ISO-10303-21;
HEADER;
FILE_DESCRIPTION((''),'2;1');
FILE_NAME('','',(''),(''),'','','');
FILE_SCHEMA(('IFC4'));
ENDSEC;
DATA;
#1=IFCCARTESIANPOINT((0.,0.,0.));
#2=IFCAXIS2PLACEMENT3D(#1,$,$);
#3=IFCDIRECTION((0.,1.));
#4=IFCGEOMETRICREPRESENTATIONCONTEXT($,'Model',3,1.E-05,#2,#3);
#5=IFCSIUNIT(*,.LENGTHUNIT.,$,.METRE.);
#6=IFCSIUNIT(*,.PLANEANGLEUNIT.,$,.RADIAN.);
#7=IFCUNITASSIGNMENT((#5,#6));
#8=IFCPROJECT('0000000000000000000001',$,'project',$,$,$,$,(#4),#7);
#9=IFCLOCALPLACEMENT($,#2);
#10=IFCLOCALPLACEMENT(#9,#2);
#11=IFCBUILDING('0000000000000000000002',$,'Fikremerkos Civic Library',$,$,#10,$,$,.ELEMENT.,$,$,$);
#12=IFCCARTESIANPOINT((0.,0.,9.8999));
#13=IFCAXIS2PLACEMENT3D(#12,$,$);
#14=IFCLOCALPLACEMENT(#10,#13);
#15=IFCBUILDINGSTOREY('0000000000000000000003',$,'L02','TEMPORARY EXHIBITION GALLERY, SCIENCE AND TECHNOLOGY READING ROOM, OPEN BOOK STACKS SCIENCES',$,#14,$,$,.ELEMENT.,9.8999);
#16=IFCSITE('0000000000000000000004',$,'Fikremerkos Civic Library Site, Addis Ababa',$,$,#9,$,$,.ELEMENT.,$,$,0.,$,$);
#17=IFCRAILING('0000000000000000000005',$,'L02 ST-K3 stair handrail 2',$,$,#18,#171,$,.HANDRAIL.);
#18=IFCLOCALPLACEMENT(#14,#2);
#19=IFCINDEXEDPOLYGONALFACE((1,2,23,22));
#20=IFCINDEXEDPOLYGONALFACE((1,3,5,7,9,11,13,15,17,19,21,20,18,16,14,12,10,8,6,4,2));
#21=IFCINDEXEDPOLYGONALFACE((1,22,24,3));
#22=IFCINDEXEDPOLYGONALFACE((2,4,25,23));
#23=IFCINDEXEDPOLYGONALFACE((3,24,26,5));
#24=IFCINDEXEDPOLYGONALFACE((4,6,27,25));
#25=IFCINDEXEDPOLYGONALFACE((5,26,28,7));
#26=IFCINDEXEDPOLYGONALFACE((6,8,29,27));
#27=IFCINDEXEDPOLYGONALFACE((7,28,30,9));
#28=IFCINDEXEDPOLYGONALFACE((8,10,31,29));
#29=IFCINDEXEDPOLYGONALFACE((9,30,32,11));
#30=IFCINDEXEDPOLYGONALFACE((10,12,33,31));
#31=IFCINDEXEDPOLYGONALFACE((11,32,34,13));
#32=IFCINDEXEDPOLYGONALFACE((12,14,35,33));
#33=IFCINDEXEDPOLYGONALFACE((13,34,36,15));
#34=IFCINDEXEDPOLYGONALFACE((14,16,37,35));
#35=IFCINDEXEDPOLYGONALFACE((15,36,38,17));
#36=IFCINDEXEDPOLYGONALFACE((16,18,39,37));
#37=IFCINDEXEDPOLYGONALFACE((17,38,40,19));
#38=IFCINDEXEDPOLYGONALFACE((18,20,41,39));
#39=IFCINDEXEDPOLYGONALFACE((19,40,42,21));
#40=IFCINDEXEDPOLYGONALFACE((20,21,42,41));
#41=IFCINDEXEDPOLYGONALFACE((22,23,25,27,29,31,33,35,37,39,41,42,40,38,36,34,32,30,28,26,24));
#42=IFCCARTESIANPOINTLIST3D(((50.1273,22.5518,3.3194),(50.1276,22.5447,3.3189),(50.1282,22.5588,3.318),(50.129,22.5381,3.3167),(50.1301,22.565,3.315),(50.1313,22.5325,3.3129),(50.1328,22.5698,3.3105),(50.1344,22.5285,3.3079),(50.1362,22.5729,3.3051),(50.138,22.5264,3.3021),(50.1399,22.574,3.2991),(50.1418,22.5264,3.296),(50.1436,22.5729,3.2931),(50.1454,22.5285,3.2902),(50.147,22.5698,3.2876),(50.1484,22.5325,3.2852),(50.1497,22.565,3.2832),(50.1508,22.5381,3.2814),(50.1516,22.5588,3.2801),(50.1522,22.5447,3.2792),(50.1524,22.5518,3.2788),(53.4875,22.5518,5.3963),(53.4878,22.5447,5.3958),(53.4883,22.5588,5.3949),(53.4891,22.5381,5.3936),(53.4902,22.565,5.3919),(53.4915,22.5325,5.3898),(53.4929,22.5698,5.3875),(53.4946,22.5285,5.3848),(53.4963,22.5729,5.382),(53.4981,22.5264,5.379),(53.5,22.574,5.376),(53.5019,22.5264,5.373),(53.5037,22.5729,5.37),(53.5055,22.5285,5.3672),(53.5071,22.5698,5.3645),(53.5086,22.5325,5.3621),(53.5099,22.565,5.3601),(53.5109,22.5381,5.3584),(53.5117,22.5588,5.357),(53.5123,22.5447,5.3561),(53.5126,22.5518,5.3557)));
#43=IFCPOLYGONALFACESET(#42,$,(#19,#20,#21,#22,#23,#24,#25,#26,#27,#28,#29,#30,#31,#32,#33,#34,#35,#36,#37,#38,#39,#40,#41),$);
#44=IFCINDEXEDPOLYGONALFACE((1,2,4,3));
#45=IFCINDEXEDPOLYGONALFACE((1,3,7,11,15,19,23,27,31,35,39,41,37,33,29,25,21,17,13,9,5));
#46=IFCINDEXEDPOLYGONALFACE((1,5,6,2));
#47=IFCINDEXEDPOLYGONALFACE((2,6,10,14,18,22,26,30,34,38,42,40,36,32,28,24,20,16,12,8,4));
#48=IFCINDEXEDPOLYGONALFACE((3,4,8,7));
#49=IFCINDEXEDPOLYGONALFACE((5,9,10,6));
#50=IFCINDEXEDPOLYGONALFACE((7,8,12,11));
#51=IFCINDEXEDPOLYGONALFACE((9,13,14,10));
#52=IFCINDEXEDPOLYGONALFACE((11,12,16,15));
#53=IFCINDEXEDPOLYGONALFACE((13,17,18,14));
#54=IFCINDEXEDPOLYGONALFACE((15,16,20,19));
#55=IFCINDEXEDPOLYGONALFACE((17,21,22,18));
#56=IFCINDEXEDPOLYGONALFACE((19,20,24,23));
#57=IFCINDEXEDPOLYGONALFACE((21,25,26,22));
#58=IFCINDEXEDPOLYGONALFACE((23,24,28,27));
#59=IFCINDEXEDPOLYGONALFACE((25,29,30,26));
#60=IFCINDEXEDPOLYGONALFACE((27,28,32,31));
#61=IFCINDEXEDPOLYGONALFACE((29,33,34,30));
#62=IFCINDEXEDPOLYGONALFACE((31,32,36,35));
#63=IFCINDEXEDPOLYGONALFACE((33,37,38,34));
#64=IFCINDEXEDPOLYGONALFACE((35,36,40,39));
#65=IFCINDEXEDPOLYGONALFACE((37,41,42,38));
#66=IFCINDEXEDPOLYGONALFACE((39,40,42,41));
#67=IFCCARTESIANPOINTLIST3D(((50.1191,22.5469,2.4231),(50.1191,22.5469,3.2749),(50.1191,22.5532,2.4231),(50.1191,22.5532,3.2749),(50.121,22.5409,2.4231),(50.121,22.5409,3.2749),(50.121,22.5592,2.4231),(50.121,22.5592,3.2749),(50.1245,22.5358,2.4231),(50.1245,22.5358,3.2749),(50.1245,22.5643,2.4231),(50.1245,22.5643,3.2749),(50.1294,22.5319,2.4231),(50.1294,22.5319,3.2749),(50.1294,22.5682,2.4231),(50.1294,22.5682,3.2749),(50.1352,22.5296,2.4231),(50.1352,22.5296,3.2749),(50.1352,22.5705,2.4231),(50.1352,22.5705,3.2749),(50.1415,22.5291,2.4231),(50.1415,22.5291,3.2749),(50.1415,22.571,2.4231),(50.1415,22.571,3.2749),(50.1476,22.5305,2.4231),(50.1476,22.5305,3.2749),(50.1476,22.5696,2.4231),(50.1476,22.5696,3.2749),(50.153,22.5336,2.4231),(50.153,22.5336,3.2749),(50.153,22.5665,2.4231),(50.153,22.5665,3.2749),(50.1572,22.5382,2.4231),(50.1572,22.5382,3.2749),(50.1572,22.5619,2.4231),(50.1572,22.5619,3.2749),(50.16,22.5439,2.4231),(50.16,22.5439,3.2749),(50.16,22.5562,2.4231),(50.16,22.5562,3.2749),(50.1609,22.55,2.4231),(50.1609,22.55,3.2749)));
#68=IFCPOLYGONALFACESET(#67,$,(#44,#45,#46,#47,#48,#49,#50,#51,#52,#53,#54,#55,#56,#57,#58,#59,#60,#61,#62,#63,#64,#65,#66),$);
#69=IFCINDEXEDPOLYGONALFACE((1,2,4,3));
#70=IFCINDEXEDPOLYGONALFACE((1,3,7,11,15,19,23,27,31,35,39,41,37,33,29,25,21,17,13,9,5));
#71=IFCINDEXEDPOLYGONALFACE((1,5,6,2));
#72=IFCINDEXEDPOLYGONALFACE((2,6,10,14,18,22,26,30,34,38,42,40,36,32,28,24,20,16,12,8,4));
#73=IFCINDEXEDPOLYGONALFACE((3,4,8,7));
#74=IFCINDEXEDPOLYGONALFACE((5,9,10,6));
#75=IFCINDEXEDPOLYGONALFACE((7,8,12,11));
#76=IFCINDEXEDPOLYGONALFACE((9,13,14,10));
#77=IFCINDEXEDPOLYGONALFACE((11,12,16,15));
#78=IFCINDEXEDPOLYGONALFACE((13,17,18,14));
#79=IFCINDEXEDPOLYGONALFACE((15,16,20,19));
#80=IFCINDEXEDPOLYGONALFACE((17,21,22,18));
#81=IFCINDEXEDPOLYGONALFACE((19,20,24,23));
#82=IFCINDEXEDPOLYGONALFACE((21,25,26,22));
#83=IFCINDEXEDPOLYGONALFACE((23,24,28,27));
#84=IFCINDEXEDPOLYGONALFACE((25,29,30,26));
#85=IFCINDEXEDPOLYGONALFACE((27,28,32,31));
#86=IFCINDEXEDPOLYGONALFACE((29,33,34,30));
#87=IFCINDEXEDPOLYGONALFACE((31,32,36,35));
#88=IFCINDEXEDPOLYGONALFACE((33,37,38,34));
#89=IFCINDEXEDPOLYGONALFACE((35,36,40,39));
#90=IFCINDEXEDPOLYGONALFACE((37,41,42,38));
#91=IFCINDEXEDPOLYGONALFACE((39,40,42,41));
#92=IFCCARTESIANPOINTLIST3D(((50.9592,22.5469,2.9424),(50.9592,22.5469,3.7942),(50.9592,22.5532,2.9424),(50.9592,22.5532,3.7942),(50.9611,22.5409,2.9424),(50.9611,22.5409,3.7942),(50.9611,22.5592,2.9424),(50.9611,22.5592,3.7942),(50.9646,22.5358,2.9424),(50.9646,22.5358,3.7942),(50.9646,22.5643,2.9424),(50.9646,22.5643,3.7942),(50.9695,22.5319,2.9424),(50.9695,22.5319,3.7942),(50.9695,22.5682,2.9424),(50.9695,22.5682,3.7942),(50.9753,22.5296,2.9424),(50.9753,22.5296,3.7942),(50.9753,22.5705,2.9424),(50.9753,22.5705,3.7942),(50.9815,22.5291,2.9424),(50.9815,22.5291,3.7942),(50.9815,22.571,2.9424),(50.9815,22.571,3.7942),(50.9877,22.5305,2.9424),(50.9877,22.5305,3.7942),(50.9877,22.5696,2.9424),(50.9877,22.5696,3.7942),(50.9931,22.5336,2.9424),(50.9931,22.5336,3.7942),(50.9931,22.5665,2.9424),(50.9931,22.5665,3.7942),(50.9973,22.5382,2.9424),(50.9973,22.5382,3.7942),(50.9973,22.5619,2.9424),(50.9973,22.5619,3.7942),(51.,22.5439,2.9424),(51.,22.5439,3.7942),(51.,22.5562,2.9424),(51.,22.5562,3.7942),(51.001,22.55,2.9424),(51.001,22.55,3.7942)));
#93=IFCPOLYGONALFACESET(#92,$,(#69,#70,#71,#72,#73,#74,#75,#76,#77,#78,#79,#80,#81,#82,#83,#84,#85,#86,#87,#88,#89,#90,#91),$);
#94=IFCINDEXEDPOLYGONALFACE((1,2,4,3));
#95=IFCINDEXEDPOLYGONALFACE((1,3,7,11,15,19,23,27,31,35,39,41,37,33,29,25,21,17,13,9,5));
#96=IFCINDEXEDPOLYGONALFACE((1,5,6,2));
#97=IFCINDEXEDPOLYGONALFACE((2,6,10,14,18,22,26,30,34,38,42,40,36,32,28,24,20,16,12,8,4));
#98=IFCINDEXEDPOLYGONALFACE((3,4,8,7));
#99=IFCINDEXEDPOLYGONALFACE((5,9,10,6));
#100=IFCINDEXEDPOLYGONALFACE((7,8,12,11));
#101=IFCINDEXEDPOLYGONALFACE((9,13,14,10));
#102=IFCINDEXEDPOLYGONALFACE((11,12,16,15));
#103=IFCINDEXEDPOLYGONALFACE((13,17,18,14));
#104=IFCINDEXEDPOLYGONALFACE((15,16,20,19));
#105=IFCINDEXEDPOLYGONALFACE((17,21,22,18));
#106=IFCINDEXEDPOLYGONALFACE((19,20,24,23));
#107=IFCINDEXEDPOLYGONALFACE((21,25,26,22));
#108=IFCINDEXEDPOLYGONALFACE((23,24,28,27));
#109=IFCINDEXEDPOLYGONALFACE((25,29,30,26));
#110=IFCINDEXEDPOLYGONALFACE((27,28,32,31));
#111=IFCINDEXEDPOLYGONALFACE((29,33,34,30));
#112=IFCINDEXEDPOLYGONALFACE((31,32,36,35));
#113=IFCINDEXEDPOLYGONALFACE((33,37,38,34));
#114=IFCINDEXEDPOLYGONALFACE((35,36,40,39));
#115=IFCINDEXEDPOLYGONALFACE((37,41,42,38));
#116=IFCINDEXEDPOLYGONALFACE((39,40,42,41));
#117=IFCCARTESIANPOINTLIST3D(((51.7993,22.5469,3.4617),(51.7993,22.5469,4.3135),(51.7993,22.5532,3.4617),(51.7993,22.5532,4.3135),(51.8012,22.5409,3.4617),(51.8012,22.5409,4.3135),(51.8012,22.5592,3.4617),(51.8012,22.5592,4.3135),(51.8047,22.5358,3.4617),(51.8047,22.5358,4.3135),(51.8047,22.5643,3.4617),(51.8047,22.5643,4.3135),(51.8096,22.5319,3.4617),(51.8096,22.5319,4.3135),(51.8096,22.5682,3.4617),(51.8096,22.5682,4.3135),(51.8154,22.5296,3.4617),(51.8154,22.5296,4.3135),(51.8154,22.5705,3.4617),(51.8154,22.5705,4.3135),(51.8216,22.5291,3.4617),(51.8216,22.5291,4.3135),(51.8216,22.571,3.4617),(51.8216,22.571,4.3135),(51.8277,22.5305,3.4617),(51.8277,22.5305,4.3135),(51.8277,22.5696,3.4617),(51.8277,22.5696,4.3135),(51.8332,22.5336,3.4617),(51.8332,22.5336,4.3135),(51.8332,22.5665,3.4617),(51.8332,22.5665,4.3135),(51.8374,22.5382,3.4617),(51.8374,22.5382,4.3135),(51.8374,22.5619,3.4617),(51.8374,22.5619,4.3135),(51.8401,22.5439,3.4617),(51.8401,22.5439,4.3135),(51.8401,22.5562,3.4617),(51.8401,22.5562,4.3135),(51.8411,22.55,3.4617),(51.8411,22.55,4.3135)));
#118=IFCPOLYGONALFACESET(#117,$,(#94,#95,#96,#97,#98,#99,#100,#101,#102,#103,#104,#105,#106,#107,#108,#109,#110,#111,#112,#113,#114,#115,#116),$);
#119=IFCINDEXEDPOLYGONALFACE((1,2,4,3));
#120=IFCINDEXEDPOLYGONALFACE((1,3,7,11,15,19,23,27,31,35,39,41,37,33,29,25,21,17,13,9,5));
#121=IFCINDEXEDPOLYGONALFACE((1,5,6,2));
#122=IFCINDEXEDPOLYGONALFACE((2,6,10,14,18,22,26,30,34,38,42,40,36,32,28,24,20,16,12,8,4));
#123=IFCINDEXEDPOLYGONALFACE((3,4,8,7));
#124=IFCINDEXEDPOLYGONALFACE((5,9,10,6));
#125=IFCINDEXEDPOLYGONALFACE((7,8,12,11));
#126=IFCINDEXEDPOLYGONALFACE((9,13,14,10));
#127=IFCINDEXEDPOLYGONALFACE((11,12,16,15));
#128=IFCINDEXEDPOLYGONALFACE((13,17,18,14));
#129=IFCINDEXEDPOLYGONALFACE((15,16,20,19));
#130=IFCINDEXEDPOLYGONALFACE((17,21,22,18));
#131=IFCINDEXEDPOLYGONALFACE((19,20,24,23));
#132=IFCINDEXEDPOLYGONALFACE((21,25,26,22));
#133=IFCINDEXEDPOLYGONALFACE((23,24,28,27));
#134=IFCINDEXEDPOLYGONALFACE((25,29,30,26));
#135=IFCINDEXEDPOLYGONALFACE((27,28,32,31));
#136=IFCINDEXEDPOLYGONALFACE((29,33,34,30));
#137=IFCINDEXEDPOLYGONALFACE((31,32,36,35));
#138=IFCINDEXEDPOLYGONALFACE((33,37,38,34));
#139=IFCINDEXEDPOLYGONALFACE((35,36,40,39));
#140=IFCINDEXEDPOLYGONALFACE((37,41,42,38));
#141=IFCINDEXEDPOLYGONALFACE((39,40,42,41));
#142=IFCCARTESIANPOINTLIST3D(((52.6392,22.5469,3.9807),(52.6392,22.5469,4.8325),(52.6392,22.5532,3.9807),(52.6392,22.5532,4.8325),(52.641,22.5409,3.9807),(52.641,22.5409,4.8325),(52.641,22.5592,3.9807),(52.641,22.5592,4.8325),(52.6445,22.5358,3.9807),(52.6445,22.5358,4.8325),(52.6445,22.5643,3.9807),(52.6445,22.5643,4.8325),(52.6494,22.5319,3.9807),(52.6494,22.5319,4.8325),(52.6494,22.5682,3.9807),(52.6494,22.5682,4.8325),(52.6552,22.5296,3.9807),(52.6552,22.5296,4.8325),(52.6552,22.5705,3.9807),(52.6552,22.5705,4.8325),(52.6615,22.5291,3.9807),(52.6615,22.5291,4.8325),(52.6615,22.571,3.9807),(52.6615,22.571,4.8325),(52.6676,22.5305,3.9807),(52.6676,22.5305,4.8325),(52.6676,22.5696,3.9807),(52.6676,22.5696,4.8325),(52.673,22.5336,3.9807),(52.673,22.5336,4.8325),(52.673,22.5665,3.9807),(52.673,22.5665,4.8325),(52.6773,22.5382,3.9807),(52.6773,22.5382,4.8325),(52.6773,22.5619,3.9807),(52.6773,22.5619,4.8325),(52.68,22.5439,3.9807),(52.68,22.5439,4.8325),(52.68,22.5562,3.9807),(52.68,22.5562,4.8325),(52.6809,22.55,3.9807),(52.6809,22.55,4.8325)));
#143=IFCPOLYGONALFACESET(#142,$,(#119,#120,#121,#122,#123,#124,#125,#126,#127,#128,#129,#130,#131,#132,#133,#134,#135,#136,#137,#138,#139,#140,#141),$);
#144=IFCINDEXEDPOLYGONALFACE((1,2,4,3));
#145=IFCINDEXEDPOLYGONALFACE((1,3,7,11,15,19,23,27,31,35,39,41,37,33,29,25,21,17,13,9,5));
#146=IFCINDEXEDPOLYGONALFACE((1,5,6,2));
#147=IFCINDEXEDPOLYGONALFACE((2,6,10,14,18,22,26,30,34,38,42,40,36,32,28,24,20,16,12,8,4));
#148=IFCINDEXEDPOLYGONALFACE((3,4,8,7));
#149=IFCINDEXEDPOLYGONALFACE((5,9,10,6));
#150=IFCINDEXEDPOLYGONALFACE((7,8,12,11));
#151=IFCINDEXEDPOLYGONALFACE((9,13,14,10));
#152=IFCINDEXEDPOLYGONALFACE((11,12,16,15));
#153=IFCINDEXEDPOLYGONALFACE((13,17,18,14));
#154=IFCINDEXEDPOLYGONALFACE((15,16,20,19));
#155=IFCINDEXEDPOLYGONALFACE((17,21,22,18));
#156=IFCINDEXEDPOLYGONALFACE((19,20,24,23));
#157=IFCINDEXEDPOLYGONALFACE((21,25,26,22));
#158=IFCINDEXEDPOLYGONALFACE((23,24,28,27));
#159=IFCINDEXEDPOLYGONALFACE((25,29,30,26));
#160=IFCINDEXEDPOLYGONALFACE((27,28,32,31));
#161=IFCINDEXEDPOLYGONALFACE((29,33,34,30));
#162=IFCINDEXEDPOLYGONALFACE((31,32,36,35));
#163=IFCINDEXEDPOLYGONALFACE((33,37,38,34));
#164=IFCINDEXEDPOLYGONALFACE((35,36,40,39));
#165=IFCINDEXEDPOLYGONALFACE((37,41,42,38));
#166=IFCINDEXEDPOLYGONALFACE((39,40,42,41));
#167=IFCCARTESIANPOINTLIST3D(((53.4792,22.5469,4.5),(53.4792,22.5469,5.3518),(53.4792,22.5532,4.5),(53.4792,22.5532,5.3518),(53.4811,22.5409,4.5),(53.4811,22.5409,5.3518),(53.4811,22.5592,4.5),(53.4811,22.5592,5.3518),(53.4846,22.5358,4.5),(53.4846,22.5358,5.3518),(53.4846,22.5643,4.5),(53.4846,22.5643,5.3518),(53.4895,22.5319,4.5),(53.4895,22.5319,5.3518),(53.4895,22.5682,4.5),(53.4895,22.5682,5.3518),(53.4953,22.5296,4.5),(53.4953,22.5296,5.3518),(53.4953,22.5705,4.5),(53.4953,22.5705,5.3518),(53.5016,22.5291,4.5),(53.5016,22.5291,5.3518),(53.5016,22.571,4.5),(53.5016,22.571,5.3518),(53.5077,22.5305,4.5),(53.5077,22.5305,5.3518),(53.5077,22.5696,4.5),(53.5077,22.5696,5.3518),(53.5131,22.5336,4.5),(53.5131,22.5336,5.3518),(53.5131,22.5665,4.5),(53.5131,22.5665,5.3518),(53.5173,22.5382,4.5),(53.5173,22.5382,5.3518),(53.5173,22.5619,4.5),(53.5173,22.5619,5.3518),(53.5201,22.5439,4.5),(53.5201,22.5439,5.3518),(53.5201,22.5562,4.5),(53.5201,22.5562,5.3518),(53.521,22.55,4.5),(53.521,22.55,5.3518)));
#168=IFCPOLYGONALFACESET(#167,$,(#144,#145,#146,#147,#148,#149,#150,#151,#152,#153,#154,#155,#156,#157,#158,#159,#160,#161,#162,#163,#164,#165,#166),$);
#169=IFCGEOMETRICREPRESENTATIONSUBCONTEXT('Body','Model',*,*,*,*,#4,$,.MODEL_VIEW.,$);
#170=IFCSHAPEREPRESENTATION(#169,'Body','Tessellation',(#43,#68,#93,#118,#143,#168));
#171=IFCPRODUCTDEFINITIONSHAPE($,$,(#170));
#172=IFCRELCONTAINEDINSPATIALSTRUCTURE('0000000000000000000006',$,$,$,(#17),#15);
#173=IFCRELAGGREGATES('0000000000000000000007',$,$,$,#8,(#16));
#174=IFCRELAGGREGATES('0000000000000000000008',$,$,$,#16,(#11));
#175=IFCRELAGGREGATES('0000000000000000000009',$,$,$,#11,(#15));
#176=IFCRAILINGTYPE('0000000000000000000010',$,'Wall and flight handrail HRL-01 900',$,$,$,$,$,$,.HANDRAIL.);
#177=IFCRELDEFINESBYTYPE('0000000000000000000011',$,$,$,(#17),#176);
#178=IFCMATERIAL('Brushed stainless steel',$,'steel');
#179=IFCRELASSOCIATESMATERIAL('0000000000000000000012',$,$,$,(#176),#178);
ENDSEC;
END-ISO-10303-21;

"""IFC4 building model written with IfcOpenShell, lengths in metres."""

from ifc_helpers import new_model, si_unit, direction, frame, origin, origin_2d, place, context, subcontext, project, spatial, circle, extrude, material, type_object, element, save


model = new_model("IFC4")

# Units and contexts
model_context = context("Model", 3, precision=1e-05, world=origin(), true_north=direction((0.0, 1.0)))
body_context = subcontext(model_context, "Body", "Model", "MODEL_VIEW")
ifc_project = project(units=[si_unit("LENGTHUNIT", "METRE"), si_unit("PLANEANGLEUNIT", "RADIAN")], contexts=[model_context])

# Site, building, storey
site_placement = place(None, origin())
site = spatial("IfcSite", under=ifc_project, at=site_placement, Name="Fikremerkos Civic Library Site, Addis Ababa", CompositionType="ELEMENT", RefElevation=0.0)
building_placement = place(site_placement, origin())
building = spatial("IfcBuilding", under=site, at=building_placement, Name="Fikremerkos Civic Library", CompositionType="ELEMENT")
storey_placement = place(building_placement, frame((0.0, 0.0, 9.8999)))
storey = spatial("IfcBuildingStorey", under=building, at=storey_placement, Name="L02", Description="TEMPORARY EXHIBITION GALLERY, SCIENCE AND TECHNOLOGY READING ROOM, OPEN BOOK STACKS SCIENCES", CompositionType="ELEMENT", Elevation=9.8999)

# Shared definitions
ifc_material_1 = material(Name="Brushed stainless steel", Category="steel")

# Railing
railing_type_1 = type_object("IfcRailingType", Name="Wall and flight handrail HRL-01 900", PredefinedType="HANDRAIL", material=ifc_material_1)
railing_1_placement = place(storey_placement, frame((50.1399, 22.55, 2.4231)))
element("IfcRailing", 1, at=railing_1_placement, inside=storey, type_object=railing_type_1, Name="L02 ST-K3 stair handrail 2", PredefinedType="HANDRAIL", context=body_context, shape_type="SweptSolid", body=[
    extrude(circle(Radius=0.0239, at=origin_2d()), frame((0.0, 0.0, 0.876), z_axis=(0.850623, 0.0, 0.525776), x_axis=(0.0, 1.0, 0.0)), (0.0, 0.0, 1.0), 3.9502),
    extrude(circle(Radius=0.021, at=origin_2d()), origin(), (0.0, 0.0, 1.0), 0.8518),
    extrude(circle(Radius=0.021, at=origin_2d()), frame((0.8401, 0.0, 0.5193)), (0.0, 0.0, 1.0), 0.8518),
    extrude(circle(Radius=0.021, at=origin_2d()), frame((1.6802, 0.0, 1.0386)), (0.0, 0.0, 1.0), 0.8518),
    extrude(circle(Radius=0.021, at=origin_2d()), frame((2.52, 0.0, 1.5576)), (0.0, 0.0, 1.0), 0.8518),
    extrude(circle(Radius=0.021, at=origin_2d()), frame((3.3601, 0.0, 2.0769)), (0.0, 0.0, 1.0), 0.8518),
])

save(model, "model.ifc")
